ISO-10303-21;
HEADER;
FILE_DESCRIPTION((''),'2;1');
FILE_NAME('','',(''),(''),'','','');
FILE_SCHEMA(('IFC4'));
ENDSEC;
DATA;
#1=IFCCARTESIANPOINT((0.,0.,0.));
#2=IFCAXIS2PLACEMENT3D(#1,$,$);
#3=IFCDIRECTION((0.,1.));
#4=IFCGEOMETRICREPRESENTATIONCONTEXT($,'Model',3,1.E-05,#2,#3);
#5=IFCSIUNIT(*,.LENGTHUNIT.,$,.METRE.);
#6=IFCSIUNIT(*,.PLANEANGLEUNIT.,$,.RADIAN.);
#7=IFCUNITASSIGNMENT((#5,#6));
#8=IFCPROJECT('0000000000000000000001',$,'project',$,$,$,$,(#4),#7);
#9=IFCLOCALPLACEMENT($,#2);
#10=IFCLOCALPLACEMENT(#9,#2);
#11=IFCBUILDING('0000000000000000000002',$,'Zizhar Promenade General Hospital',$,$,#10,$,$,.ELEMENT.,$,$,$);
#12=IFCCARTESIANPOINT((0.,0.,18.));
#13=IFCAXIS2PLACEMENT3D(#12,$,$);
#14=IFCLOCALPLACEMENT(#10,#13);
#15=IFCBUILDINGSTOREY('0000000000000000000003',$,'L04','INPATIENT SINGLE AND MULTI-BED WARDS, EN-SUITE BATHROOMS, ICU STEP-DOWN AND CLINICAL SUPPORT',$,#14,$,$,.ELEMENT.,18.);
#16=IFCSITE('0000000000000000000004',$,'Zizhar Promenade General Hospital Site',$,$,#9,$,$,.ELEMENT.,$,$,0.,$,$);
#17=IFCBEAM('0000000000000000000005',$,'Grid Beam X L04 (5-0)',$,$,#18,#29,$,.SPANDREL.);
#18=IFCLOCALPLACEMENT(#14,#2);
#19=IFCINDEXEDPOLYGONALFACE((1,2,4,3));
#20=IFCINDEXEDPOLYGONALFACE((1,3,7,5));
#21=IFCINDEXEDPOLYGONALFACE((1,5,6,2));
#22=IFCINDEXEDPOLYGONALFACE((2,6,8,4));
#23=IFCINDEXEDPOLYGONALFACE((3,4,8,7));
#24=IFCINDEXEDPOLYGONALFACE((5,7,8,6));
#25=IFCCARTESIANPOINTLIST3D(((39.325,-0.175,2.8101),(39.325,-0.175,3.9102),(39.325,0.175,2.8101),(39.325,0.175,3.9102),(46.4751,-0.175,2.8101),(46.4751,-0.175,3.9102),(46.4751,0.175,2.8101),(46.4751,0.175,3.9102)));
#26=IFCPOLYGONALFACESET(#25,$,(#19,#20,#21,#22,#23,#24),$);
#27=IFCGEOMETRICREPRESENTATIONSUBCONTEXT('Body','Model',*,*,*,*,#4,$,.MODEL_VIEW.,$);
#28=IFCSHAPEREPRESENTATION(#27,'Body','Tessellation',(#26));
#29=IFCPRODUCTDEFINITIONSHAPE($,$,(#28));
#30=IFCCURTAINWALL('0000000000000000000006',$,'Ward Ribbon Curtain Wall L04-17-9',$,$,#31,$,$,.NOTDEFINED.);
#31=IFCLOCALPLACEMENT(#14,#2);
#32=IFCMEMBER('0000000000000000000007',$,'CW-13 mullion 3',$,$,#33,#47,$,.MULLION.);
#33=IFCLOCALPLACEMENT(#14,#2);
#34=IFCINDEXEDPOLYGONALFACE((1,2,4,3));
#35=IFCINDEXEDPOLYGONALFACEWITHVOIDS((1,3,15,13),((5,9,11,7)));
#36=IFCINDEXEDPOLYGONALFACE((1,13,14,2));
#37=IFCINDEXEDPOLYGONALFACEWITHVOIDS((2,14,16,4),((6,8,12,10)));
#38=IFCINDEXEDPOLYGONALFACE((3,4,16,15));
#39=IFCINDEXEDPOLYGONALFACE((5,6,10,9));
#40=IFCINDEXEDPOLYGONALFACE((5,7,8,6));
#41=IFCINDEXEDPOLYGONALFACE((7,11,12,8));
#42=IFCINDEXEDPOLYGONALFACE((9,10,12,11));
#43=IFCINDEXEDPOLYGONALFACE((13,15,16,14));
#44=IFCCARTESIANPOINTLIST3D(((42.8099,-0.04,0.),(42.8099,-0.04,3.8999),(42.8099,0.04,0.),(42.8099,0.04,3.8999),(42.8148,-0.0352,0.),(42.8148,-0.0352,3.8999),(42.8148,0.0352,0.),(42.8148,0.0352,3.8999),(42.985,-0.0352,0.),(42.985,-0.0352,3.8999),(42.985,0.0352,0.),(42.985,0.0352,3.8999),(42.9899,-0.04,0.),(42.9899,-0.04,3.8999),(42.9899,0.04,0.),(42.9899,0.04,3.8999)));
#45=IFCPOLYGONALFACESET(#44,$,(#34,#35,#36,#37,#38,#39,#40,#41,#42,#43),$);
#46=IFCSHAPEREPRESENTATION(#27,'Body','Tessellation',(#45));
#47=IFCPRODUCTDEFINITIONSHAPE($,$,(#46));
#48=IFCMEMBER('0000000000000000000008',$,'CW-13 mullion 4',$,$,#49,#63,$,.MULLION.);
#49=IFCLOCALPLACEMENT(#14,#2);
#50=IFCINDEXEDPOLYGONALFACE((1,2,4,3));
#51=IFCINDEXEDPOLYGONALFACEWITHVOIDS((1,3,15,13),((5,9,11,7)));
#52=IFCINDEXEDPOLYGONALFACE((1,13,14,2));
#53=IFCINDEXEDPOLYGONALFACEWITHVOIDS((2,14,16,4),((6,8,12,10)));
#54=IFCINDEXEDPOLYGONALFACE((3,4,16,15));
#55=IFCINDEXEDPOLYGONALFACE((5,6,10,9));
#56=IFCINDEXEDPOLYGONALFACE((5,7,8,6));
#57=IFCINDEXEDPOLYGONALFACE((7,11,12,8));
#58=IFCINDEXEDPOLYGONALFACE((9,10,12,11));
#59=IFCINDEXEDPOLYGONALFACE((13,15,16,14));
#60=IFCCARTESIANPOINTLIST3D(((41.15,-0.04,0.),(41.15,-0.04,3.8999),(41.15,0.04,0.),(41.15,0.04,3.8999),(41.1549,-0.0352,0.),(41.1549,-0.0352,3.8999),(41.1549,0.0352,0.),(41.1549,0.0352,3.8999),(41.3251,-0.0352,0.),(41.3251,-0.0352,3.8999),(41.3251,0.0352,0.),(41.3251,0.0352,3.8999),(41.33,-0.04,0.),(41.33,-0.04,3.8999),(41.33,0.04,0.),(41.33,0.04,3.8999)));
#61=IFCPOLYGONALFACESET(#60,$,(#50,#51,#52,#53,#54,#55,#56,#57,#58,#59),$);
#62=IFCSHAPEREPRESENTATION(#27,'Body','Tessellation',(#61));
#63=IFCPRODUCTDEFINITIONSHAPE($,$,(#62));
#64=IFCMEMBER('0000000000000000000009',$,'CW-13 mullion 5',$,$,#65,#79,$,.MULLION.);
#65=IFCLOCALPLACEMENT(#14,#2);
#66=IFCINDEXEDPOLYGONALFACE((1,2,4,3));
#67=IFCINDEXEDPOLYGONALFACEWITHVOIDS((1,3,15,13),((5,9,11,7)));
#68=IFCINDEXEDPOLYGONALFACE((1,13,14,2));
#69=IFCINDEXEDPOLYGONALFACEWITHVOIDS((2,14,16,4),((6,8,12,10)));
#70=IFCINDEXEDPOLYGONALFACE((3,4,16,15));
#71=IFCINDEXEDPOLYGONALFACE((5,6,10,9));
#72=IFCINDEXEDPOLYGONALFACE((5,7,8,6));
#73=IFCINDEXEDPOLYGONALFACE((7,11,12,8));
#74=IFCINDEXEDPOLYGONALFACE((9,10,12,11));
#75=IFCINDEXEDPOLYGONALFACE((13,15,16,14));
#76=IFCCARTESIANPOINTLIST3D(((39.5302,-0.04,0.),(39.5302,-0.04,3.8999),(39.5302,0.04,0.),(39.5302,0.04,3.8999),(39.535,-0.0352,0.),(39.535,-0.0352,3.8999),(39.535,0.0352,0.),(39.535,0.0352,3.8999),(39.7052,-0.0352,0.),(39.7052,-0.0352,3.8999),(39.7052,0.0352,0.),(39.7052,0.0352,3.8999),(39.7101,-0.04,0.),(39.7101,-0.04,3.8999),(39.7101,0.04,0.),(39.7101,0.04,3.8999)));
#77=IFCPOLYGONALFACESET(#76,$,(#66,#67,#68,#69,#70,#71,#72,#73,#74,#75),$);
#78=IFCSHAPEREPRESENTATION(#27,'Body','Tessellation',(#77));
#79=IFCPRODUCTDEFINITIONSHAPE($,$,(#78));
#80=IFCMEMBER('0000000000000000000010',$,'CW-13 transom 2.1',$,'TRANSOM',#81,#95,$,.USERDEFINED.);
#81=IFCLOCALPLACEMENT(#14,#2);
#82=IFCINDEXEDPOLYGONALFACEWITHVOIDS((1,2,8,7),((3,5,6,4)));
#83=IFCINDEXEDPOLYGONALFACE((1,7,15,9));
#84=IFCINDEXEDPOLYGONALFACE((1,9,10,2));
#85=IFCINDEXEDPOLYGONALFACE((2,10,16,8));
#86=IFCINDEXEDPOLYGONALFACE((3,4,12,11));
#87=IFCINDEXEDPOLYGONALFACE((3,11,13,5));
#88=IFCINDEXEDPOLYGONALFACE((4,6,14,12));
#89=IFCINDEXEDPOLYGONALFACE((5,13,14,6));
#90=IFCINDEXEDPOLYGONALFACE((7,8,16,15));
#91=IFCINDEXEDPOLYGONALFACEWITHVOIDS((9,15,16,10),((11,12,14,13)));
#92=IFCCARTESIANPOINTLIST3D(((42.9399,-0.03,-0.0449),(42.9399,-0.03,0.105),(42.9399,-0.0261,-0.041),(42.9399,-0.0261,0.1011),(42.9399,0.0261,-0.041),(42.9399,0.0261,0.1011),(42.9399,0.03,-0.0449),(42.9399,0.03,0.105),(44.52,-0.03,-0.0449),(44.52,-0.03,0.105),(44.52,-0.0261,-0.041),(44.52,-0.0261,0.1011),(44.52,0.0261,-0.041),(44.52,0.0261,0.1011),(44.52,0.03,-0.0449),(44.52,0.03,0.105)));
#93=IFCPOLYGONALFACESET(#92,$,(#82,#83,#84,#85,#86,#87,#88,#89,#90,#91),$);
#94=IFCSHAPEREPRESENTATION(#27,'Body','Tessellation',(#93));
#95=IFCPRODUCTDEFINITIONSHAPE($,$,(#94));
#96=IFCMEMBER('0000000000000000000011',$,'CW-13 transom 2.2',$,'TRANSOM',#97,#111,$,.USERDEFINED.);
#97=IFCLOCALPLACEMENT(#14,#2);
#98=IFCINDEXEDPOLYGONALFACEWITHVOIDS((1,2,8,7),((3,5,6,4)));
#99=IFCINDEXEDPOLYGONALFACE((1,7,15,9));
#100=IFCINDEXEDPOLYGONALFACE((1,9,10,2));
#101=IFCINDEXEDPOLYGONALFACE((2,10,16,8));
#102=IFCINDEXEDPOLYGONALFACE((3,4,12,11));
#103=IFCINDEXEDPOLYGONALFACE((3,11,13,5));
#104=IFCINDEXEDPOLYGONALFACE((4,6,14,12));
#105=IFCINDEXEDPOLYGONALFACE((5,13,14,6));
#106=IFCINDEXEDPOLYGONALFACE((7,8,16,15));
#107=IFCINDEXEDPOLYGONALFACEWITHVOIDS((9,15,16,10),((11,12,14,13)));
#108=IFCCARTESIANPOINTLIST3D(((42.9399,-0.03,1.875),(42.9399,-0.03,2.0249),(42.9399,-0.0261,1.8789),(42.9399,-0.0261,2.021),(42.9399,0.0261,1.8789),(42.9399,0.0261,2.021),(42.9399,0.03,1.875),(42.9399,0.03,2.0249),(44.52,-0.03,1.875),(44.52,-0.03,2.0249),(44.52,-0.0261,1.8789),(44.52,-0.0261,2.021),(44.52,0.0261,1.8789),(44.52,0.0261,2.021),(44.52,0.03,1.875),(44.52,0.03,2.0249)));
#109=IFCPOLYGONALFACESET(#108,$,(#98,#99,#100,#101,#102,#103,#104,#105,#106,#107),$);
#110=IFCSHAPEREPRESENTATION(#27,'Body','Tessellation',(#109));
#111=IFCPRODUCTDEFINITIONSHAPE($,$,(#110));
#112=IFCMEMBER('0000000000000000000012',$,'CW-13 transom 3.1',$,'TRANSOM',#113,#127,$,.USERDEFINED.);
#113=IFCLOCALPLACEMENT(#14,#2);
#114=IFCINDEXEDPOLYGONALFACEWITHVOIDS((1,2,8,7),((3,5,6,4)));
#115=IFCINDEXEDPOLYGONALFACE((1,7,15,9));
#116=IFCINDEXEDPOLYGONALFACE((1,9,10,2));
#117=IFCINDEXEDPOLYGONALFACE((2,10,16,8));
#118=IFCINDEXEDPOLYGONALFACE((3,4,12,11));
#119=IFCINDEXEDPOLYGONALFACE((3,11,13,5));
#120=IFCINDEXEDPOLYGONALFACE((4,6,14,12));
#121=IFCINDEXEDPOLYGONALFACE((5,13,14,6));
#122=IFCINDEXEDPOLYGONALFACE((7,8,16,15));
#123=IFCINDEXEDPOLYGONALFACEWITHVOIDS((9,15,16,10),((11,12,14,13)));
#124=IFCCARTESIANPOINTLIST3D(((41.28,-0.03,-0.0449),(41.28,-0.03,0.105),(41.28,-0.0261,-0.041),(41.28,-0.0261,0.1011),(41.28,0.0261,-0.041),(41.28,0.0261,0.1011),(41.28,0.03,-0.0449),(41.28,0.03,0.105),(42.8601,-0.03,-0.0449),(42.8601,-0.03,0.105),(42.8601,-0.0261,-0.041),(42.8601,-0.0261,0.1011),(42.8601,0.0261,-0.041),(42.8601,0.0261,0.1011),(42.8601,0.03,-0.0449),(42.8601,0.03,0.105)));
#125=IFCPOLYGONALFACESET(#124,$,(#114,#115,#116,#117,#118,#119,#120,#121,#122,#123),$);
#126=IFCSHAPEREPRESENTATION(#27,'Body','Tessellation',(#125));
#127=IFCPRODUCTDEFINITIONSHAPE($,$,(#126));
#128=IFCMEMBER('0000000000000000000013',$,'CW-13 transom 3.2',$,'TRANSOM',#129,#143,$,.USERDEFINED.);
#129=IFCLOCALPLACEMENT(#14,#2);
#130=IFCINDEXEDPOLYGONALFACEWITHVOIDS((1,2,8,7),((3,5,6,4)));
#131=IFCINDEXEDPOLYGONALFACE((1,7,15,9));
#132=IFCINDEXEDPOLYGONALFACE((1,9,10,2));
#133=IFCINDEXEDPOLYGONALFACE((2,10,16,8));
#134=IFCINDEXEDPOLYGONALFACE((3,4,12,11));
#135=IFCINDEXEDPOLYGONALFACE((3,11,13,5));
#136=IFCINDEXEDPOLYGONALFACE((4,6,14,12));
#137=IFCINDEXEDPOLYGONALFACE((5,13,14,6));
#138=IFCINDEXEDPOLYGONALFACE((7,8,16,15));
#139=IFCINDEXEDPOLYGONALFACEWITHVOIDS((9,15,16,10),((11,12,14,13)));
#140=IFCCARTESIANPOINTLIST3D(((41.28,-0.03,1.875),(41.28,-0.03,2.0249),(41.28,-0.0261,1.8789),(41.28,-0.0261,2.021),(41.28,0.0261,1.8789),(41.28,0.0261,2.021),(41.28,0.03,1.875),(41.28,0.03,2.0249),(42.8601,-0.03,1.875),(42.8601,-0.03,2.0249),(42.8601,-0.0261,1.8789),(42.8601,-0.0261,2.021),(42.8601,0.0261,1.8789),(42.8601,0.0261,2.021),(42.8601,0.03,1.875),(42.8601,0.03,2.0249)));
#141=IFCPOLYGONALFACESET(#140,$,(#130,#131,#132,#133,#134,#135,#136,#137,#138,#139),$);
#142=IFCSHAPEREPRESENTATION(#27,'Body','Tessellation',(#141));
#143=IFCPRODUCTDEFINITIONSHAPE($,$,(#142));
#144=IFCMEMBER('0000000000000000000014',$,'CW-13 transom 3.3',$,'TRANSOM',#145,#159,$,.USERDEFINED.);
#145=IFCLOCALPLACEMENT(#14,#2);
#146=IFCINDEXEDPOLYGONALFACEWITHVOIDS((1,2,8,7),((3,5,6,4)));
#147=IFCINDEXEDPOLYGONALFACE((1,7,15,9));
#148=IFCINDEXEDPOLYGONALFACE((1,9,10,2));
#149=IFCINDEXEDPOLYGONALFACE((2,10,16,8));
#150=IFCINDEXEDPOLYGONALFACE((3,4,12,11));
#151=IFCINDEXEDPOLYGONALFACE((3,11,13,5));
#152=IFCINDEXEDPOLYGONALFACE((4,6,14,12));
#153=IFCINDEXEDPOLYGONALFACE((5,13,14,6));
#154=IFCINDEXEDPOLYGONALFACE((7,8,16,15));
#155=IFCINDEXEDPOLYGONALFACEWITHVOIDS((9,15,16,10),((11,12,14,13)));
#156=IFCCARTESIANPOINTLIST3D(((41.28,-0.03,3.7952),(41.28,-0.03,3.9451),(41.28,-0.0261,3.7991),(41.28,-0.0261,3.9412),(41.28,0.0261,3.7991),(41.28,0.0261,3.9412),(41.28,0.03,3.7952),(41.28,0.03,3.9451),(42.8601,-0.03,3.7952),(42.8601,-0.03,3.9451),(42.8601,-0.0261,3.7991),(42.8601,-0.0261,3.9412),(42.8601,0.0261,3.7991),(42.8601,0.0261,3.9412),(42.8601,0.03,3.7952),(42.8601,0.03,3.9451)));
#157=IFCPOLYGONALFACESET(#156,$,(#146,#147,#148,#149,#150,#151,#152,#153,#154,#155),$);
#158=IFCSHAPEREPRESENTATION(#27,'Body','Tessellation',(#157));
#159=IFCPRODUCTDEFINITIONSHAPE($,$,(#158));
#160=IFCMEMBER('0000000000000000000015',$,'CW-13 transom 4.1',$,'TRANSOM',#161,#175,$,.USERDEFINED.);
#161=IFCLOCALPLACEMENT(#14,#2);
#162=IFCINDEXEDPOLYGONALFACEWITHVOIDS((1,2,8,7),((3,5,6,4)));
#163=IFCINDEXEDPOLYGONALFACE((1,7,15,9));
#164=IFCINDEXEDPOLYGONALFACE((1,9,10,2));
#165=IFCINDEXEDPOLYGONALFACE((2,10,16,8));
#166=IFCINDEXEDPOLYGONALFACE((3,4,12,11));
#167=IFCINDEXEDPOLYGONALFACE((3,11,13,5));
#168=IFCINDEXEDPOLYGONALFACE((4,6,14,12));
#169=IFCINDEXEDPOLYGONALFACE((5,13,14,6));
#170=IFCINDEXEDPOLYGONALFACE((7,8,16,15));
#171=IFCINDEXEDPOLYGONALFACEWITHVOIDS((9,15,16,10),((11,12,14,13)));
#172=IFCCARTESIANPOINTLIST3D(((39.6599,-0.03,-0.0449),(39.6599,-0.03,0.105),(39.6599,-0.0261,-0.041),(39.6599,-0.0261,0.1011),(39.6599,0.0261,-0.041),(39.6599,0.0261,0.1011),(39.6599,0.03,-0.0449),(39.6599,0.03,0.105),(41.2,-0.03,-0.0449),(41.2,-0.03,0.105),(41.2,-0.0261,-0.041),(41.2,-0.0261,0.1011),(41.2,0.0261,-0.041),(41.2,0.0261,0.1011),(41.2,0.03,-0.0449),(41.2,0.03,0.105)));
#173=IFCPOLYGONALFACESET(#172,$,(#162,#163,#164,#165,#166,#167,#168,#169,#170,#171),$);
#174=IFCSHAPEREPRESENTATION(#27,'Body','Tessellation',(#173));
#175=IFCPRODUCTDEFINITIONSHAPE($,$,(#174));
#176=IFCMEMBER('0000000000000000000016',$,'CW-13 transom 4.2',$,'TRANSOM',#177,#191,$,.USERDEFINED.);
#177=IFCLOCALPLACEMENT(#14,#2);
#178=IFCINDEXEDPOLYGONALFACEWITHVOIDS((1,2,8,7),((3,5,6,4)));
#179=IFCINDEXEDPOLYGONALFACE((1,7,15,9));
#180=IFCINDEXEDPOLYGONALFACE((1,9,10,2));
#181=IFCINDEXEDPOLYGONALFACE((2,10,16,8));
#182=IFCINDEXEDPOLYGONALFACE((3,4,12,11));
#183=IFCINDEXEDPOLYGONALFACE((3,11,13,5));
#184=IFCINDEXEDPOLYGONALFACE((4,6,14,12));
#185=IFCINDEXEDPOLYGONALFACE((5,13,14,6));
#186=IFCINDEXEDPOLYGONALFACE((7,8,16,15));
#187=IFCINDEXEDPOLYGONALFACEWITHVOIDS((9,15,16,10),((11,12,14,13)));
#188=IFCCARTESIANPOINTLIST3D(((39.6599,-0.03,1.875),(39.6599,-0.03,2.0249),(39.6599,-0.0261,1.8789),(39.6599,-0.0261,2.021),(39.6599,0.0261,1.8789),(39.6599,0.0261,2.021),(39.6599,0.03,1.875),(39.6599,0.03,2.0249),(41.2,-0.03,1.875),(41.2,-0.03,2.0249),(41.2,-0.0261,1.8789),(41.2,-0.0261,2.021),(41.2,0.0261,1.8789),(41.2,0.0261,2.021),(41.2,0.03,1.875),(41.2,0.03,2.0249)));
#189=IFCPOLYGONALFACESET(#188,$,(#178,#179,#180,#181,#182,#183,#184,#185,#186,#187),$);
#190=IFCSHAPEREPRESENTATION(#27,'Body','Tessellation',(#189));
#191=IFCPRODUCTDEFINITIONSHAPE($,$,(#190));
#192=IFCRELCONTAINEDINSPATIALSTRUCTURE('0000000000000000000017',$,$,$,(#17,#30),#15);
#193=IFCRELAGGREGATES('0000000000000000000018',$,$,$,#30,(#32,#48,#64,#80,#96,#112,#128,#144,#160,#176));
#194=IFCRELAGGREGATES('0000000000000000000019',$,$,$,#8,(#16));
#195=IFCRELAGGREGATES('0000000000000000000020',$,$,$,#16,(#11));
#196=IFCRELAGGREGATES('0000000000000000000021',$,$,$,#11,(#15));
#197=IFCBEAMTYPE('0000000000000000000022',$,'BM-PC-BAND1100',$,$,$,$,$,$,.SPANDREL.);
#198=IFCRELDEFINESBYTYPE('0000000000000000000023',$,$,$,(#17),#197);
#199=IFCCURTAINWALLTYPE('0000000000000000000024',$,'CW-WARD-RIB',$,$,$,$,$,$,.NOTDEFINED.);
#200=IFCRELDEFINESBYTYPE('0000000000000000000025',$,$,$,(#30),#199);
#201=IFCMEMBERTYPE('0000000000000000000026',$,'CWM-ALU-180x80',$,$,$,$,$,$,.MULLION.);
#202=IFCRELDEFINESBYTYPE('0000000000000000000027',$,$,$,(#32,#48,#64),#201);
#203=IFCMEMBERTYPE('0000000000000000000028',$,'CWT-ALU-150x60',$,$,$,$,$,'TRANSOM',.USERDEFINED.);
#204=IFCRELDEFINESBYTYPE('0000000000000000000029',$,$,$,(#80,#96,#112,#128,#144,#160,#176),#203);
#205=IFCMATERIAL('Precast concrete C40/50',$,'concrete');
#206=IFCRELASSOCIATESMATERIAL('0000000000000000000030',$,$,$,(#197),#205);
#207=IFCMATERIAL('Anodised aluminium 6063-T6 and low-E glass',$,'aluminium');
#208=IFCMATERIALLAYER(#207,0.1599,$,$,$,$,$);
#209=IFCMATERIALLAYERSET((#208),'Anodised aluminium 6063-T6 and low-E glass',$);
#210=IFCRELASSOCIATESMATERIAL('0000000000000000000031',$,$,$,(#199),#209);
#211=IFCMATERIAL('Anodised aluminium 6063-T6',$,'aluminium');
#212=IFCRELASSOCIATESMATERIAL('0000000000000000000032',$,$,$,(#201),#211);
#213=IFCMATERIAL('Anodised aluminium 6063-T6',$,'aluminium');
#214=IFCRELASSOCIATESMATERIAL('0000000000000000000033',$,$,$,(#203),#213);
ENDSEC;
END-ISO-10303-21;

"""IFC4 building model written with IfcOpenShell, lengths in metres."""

from ifc_helpers import new_model, si_unit, direction, frame, origin, origin_2d, place, context, subcontext, project, spatial, rectangle, hollow_rectangle, extrude, material, layer, layer_set, material_profile, profile_set, type_object, element, aggregate, save


model = new_model("IFC4")

# Units and contexts
model_context = context("Model", 3, precision=1e-05, world=origin(), true_north=direction((0.0, 1.0)))
body_context = subcontext(model_context, "Body", "Model", "MODEL_VIEW")
ifc_project = project(units=[si_unit("LENGTHUNIT", "METRE"), si_unit("PLANEANGLEUNIT", "RADIAN")], contexts=[model_context])

# Site, building, storey
site_placement = place(None, origin())
site = spatial("IfcSite", under=ifc_project, at=site_placement, Name="Zizhar Promenade General Hospital Site", CompositionType="ELEMENT", RefElevation=0.0)
building_placement = place(site_placement, origin())
building = spatial("IfcBuilding", under=site, at=building_placement, Name="Zizhar Promenade General Hospital", CompositionType="ELEMENT")
storey_placement = place(building_placement, frame((0.0, 0.0, 18.0)))
storey = spatial("IfcBuildingStorey", under=building, at=storey_placement, Name="L04", Description="INPATIENT SINGLE AND MULTI-BED WARDS, EN-SUITE BATHROOMS, ICU STEP-DOWN AND CLINICAL SUPPORT", CompositionType="ELEMENT", Elevation=18.0)

# Beam
ifc_material_1 = material(Name="Precast concrete C40/50", Category="concrete")
ifc_material_profile_1 = material_profile(ifc_material_1, rectangle(XDim=0.3501, YDim=1.1001, at=origin_2d()))
ifc_profile_set_1 = profile_set([ifc_material_profile_1], Name="Precast concrete C40/50")
beam_type = type_object("IfcBeamType", Name="BM-PC-BAND1100", PredefinedType="SPANDREL", material=ifc_profile_set_1)
beam_placement = place(storey_placement, frame((39.325, 0.0, 3.3601), z_axis=(1.0, 0.0, 0.0), x_axis=(0.0, 1.0, 0.0)))
element("IfcBeam", 1, at=beam_placement, inside=storey, type_object=beam_type, Name="Grid Beam X L04 (5-0)", PredefinedType="SPANDREL", context=body_context, shape_type="SweptSolid", body=[
    extrude(rectangle(XDim=0.3501, YDim=1.1001, at=origin_2d()), origin(), (0.0, 0.0, 1.0), 7.1501),
])

# Curtain wall, members
ifc_material_2 = material(Name="Anodised aluminium 6063-T6 and low-E glass", Category="aluminium")
ifc_layer_1 = layer(ifc_material_2, 0.1599)
ifc_layer_set_1 = layer_set([ifc_layer_1], Name="Anodised aluminium 6063-T6 and low-E glass")
curtain_wall_type = type_object("IfcCurtainWallType", Name="CW-WARD-RIB", PredefinedType="NOTDEFINED", material=ifc_layer_set_1)
curtain_wall_placement = place(storey_placement, origin())
curtain_wall = element("IfcCurtainWall", 2, at=curtain_wall_placement, inside=storey, type_object=curtain_wall_type, Name="Ward Ribbon Curtain Wall L04-17-9", PredefinedType="NOTDEFINED")
ifc_material_3 = material(Name="Anodised aluminium 6063-T6", Category="aluminium")
ifc_material_profile_2 = material_profile(ifc_material_3, hollow_rectangle(XDim=0.0801, YDim=0.1799, WallThickness=0.0049, at=origin_2d()))
ifc_profile_set_2 = profile_set([ifc_material_profile_2], Name="Anodised aluminium 6063-T6")
member_type_1 = type_object("IfcMemberType", Name="CWM-ALU-180x80", PredefinedType="MULLION", material=ifc_profile_set_2)
member_1_placement = place(storey_placement, frame((42.8999, 0.0, 0.0), z_axis=(0.0, 0.0, 1.0), x_axis=(0.0, -1.0, 0.0)))
member_1 = element("IfcMember", 3, at=member_1_placement, type_object=member_type_1, Name="CW-13 mullion 3", PredefinedType="MULLION", context=body_context, shape_type="SweptSolid", body=[
    extrude(hollow_rectangle(XDim=0.0801, YDim=0.1799, WallThickness=0.0049, at=origin_2d()), origin(), (0.0, 0.0, 1.0), 3.8999),
])
member_2_placement = place(storey_placement, frame((41.24, 0.0, 0.0), z_axis=(0.0, 0.0, 1.0), x_axis=(0.0, -1.0, 0.0)))
member_2 = element("IfcMember", 4, at=member_2_placement, type_object=member_type_1, Name="CW-13 mullion 4", PredefinedType="MULLION", context=body_context, shape_type="SweptSolid", body=[
    extrude(hollow_rectangle(XDim=0.0801, YDim=0.1799, WallThickness=0.0049, at=origin_2d()), origin(), (0.0, 0.0, 1.0), 3.8999),
])
member_3_placement = place(storey_placement, frame((39.6201, 0.0, 0.0), z_axis=(0.0, 0.0, 1.0), x_axis=(0.0, -1.0, 0.0)))
member_3 = element("IfcMember", 5, at=member_3_placement, type_object=member_type_1, Name="CW-13 mullion 5", PredefinedType="MULLION", context=body_context, shape_type="SweptSolid", body=[
    extrude(hollow_rectangle(XDim=0.0801, YDim=0.1799, WallThickness=0.0049, at=origin_2d()), origin(), (0.0, 0.0, 1.0), 3.8999),
])
ifc_material_4 = material(Name="Anodised aluminium 6063-T6", Category="aluminium")
ifc_material_profile_3 = material_profile(ifc_material_4, hollow_rectangle(XDim=0.0601, YDim=0.1499, WallThickness=0.0039, at=origin_2d()))
ifc_profile_set_3 = profile_set([ifc_material_profile_3], Name="Anodised aluminium 6063-T6")
member_type_2 = type_object("IfcMemberType", Name="CWT-ALU-150x60", ElementType="TRANSOM", PredefinedType="USERDEFINED", material=ifc_profile_set_3)
member_4_placement = place(storey_placement, frame((44.52, 0.0, 0.03), z_axis=(-1.0, 0.0, 0.0), x_axis=(0.0, -1.0, 0.0)))
member_4 = element("IfcMember", 6, at=member_4_placement, type_object=member_type_2, Name="CW-13 transom 2.1", ObjectType="TRANSOM", PredefinedType="USERDEFINED", context=body_context, shape_type="SweptSolid", body=[
    extrude(hollow_rectangle(XDim=0.0601, YDim=0.1499, WallThickness=0.0039, at=origin_2d()), origin(), (0.0, 0.0, 1.0), 1.5801),
])
member_5_placement = place(storey_placement, frame((44.52, 0.0, 1.95), z_axis=(-1.0, 0.0, 0.0), x_axis=(0.0, -1.0, 0.0)))
member_5 = element("IfcMember", 7, at=member_5_placement, type_object=member_type_2, Name="CW-13 transom 2.2", ObjectType="TRANSOM", PredefinedType="USERDEFINED", context=body_context, shape_type="SweptSolid", body=[
    extrude(hollow_rectangle(XDim=0.0601, YDim=0.1499, WallThickness=0.0039, at=origin_2d()), origin(), (0.0, 0.0, 1.0), 1.5801),
])
member_6_placement = place(storey_placement, frame((42.8601, 0.0, 0.03), z_axis=(-1.0, 0.0, 0.0), x_axis=(0.0, -1.0, 0.0)))
member_6 = element("IfcMember", 8, at=member_6_placement, type_object=member_type_2, Name="CW-13 transom 3.1", ObjectType="TRANSOM", PredefinedType="USERDEFINED", context=body_context, shape_type="SweptSolid", body=[
    extrude(hollow_rectangle(XDim=0.0601, YDim=0.1499, WallThickness=0.0039, at=origin_2d()), origin(), (0.0, 0.0, 1.0), 1.5801),
])
member_7_placement = place(storey_placement, frame((42.8601, 0.0, 1.95), z_axis=(-1.0, 0.0, 0.0), x_axis=(0.0, -1.0, 0.0)))
member_7 = element("IfcMember", 9, at=member_7_placement, type_object=member_type_2, Name="CW-13 transom 3.2", ObjectType="TRANSOM", PredefinedType="USERDEFINED", context=body_context, shape_type="SweptSolid", body=[
    extrude(hollow_rectangle(XDim=0.0601, YDim=0.1499, WallThickness=0.0039, at=origin_2d()), origin(), (0.0, 0.0, 1.0), 1.5801),
])
member_8_placement = place(storey_placement, frame((42.8601, 0.0, 3.8701), z_axis=(-1.0, 0.0, 0.0), x_axis=(0.0, -1.0, 0.0)))
member_8 = element("IfcMember", 10, at=member_8_placement, type_object=member_type_2, Name="CW-13 transom 3.3", ObjectType="TRANSOM", PredefinedType="USERDEFINED", context=body_context, shape_type="SweptSolid", body=[
    extrude(hollow_rectangle(XDim=0.0601, YDim=0.1499, WallThickness=0.0039, at=origin_2d()), origin(), (0.0, 0.0, 1.0), 1.5801),
])
member_9_placement = place(storey_placement, frame((41.2, 0.0, 0.03), z_axis=(-1.0, 0.0, 0.0), x_axis=(0.0, -1.0, 0.0)))
member_9 = element("IfcMember", 11, at=member_9_placement, type_object=member_type_2, Name="CW-13 transom 4.1", ObjectType="TRANSOM", PredefinedType="USERDEFINED", context=body_context, shape_type="SweptSolid", body=[
    extrude(hollow_rectangle(XDim=0.0601, YDim=0.1499, WallThickness=0.0039, at=origin_2d()), origin(), (0.0, 0.0, 1.0), 1.54),
])
member_10_placement = place(storey_placement, frame((41.2, 0.0, 1.95), z_axis=(-1.0, 0.0, 0.0), x_axis=(0.0, -1.0, 0.0)))
member_10 = element("IfcMember", 12, at=member_10_placement, type_object=member_type_2, Name="CW-13 transom 4.2", ObjectType="TRANSOM", PredefinedType="USERDEFINED", context=body_context, shape_type="SweptSolid", body=[
    extrude(hollow_rectangle(XDim=0.0601, YDim=0.1499, WallThickness=0.0039, at=origin_2d()), origin(), (0.0, 0.0, 1.0), 1.54),
])
aggregate(curtain_wall, [member_1, member_2, member_3, member_4, member_5, member_6, member_7, member_8, member_9, member_10])

save(model, "model.ifc")
